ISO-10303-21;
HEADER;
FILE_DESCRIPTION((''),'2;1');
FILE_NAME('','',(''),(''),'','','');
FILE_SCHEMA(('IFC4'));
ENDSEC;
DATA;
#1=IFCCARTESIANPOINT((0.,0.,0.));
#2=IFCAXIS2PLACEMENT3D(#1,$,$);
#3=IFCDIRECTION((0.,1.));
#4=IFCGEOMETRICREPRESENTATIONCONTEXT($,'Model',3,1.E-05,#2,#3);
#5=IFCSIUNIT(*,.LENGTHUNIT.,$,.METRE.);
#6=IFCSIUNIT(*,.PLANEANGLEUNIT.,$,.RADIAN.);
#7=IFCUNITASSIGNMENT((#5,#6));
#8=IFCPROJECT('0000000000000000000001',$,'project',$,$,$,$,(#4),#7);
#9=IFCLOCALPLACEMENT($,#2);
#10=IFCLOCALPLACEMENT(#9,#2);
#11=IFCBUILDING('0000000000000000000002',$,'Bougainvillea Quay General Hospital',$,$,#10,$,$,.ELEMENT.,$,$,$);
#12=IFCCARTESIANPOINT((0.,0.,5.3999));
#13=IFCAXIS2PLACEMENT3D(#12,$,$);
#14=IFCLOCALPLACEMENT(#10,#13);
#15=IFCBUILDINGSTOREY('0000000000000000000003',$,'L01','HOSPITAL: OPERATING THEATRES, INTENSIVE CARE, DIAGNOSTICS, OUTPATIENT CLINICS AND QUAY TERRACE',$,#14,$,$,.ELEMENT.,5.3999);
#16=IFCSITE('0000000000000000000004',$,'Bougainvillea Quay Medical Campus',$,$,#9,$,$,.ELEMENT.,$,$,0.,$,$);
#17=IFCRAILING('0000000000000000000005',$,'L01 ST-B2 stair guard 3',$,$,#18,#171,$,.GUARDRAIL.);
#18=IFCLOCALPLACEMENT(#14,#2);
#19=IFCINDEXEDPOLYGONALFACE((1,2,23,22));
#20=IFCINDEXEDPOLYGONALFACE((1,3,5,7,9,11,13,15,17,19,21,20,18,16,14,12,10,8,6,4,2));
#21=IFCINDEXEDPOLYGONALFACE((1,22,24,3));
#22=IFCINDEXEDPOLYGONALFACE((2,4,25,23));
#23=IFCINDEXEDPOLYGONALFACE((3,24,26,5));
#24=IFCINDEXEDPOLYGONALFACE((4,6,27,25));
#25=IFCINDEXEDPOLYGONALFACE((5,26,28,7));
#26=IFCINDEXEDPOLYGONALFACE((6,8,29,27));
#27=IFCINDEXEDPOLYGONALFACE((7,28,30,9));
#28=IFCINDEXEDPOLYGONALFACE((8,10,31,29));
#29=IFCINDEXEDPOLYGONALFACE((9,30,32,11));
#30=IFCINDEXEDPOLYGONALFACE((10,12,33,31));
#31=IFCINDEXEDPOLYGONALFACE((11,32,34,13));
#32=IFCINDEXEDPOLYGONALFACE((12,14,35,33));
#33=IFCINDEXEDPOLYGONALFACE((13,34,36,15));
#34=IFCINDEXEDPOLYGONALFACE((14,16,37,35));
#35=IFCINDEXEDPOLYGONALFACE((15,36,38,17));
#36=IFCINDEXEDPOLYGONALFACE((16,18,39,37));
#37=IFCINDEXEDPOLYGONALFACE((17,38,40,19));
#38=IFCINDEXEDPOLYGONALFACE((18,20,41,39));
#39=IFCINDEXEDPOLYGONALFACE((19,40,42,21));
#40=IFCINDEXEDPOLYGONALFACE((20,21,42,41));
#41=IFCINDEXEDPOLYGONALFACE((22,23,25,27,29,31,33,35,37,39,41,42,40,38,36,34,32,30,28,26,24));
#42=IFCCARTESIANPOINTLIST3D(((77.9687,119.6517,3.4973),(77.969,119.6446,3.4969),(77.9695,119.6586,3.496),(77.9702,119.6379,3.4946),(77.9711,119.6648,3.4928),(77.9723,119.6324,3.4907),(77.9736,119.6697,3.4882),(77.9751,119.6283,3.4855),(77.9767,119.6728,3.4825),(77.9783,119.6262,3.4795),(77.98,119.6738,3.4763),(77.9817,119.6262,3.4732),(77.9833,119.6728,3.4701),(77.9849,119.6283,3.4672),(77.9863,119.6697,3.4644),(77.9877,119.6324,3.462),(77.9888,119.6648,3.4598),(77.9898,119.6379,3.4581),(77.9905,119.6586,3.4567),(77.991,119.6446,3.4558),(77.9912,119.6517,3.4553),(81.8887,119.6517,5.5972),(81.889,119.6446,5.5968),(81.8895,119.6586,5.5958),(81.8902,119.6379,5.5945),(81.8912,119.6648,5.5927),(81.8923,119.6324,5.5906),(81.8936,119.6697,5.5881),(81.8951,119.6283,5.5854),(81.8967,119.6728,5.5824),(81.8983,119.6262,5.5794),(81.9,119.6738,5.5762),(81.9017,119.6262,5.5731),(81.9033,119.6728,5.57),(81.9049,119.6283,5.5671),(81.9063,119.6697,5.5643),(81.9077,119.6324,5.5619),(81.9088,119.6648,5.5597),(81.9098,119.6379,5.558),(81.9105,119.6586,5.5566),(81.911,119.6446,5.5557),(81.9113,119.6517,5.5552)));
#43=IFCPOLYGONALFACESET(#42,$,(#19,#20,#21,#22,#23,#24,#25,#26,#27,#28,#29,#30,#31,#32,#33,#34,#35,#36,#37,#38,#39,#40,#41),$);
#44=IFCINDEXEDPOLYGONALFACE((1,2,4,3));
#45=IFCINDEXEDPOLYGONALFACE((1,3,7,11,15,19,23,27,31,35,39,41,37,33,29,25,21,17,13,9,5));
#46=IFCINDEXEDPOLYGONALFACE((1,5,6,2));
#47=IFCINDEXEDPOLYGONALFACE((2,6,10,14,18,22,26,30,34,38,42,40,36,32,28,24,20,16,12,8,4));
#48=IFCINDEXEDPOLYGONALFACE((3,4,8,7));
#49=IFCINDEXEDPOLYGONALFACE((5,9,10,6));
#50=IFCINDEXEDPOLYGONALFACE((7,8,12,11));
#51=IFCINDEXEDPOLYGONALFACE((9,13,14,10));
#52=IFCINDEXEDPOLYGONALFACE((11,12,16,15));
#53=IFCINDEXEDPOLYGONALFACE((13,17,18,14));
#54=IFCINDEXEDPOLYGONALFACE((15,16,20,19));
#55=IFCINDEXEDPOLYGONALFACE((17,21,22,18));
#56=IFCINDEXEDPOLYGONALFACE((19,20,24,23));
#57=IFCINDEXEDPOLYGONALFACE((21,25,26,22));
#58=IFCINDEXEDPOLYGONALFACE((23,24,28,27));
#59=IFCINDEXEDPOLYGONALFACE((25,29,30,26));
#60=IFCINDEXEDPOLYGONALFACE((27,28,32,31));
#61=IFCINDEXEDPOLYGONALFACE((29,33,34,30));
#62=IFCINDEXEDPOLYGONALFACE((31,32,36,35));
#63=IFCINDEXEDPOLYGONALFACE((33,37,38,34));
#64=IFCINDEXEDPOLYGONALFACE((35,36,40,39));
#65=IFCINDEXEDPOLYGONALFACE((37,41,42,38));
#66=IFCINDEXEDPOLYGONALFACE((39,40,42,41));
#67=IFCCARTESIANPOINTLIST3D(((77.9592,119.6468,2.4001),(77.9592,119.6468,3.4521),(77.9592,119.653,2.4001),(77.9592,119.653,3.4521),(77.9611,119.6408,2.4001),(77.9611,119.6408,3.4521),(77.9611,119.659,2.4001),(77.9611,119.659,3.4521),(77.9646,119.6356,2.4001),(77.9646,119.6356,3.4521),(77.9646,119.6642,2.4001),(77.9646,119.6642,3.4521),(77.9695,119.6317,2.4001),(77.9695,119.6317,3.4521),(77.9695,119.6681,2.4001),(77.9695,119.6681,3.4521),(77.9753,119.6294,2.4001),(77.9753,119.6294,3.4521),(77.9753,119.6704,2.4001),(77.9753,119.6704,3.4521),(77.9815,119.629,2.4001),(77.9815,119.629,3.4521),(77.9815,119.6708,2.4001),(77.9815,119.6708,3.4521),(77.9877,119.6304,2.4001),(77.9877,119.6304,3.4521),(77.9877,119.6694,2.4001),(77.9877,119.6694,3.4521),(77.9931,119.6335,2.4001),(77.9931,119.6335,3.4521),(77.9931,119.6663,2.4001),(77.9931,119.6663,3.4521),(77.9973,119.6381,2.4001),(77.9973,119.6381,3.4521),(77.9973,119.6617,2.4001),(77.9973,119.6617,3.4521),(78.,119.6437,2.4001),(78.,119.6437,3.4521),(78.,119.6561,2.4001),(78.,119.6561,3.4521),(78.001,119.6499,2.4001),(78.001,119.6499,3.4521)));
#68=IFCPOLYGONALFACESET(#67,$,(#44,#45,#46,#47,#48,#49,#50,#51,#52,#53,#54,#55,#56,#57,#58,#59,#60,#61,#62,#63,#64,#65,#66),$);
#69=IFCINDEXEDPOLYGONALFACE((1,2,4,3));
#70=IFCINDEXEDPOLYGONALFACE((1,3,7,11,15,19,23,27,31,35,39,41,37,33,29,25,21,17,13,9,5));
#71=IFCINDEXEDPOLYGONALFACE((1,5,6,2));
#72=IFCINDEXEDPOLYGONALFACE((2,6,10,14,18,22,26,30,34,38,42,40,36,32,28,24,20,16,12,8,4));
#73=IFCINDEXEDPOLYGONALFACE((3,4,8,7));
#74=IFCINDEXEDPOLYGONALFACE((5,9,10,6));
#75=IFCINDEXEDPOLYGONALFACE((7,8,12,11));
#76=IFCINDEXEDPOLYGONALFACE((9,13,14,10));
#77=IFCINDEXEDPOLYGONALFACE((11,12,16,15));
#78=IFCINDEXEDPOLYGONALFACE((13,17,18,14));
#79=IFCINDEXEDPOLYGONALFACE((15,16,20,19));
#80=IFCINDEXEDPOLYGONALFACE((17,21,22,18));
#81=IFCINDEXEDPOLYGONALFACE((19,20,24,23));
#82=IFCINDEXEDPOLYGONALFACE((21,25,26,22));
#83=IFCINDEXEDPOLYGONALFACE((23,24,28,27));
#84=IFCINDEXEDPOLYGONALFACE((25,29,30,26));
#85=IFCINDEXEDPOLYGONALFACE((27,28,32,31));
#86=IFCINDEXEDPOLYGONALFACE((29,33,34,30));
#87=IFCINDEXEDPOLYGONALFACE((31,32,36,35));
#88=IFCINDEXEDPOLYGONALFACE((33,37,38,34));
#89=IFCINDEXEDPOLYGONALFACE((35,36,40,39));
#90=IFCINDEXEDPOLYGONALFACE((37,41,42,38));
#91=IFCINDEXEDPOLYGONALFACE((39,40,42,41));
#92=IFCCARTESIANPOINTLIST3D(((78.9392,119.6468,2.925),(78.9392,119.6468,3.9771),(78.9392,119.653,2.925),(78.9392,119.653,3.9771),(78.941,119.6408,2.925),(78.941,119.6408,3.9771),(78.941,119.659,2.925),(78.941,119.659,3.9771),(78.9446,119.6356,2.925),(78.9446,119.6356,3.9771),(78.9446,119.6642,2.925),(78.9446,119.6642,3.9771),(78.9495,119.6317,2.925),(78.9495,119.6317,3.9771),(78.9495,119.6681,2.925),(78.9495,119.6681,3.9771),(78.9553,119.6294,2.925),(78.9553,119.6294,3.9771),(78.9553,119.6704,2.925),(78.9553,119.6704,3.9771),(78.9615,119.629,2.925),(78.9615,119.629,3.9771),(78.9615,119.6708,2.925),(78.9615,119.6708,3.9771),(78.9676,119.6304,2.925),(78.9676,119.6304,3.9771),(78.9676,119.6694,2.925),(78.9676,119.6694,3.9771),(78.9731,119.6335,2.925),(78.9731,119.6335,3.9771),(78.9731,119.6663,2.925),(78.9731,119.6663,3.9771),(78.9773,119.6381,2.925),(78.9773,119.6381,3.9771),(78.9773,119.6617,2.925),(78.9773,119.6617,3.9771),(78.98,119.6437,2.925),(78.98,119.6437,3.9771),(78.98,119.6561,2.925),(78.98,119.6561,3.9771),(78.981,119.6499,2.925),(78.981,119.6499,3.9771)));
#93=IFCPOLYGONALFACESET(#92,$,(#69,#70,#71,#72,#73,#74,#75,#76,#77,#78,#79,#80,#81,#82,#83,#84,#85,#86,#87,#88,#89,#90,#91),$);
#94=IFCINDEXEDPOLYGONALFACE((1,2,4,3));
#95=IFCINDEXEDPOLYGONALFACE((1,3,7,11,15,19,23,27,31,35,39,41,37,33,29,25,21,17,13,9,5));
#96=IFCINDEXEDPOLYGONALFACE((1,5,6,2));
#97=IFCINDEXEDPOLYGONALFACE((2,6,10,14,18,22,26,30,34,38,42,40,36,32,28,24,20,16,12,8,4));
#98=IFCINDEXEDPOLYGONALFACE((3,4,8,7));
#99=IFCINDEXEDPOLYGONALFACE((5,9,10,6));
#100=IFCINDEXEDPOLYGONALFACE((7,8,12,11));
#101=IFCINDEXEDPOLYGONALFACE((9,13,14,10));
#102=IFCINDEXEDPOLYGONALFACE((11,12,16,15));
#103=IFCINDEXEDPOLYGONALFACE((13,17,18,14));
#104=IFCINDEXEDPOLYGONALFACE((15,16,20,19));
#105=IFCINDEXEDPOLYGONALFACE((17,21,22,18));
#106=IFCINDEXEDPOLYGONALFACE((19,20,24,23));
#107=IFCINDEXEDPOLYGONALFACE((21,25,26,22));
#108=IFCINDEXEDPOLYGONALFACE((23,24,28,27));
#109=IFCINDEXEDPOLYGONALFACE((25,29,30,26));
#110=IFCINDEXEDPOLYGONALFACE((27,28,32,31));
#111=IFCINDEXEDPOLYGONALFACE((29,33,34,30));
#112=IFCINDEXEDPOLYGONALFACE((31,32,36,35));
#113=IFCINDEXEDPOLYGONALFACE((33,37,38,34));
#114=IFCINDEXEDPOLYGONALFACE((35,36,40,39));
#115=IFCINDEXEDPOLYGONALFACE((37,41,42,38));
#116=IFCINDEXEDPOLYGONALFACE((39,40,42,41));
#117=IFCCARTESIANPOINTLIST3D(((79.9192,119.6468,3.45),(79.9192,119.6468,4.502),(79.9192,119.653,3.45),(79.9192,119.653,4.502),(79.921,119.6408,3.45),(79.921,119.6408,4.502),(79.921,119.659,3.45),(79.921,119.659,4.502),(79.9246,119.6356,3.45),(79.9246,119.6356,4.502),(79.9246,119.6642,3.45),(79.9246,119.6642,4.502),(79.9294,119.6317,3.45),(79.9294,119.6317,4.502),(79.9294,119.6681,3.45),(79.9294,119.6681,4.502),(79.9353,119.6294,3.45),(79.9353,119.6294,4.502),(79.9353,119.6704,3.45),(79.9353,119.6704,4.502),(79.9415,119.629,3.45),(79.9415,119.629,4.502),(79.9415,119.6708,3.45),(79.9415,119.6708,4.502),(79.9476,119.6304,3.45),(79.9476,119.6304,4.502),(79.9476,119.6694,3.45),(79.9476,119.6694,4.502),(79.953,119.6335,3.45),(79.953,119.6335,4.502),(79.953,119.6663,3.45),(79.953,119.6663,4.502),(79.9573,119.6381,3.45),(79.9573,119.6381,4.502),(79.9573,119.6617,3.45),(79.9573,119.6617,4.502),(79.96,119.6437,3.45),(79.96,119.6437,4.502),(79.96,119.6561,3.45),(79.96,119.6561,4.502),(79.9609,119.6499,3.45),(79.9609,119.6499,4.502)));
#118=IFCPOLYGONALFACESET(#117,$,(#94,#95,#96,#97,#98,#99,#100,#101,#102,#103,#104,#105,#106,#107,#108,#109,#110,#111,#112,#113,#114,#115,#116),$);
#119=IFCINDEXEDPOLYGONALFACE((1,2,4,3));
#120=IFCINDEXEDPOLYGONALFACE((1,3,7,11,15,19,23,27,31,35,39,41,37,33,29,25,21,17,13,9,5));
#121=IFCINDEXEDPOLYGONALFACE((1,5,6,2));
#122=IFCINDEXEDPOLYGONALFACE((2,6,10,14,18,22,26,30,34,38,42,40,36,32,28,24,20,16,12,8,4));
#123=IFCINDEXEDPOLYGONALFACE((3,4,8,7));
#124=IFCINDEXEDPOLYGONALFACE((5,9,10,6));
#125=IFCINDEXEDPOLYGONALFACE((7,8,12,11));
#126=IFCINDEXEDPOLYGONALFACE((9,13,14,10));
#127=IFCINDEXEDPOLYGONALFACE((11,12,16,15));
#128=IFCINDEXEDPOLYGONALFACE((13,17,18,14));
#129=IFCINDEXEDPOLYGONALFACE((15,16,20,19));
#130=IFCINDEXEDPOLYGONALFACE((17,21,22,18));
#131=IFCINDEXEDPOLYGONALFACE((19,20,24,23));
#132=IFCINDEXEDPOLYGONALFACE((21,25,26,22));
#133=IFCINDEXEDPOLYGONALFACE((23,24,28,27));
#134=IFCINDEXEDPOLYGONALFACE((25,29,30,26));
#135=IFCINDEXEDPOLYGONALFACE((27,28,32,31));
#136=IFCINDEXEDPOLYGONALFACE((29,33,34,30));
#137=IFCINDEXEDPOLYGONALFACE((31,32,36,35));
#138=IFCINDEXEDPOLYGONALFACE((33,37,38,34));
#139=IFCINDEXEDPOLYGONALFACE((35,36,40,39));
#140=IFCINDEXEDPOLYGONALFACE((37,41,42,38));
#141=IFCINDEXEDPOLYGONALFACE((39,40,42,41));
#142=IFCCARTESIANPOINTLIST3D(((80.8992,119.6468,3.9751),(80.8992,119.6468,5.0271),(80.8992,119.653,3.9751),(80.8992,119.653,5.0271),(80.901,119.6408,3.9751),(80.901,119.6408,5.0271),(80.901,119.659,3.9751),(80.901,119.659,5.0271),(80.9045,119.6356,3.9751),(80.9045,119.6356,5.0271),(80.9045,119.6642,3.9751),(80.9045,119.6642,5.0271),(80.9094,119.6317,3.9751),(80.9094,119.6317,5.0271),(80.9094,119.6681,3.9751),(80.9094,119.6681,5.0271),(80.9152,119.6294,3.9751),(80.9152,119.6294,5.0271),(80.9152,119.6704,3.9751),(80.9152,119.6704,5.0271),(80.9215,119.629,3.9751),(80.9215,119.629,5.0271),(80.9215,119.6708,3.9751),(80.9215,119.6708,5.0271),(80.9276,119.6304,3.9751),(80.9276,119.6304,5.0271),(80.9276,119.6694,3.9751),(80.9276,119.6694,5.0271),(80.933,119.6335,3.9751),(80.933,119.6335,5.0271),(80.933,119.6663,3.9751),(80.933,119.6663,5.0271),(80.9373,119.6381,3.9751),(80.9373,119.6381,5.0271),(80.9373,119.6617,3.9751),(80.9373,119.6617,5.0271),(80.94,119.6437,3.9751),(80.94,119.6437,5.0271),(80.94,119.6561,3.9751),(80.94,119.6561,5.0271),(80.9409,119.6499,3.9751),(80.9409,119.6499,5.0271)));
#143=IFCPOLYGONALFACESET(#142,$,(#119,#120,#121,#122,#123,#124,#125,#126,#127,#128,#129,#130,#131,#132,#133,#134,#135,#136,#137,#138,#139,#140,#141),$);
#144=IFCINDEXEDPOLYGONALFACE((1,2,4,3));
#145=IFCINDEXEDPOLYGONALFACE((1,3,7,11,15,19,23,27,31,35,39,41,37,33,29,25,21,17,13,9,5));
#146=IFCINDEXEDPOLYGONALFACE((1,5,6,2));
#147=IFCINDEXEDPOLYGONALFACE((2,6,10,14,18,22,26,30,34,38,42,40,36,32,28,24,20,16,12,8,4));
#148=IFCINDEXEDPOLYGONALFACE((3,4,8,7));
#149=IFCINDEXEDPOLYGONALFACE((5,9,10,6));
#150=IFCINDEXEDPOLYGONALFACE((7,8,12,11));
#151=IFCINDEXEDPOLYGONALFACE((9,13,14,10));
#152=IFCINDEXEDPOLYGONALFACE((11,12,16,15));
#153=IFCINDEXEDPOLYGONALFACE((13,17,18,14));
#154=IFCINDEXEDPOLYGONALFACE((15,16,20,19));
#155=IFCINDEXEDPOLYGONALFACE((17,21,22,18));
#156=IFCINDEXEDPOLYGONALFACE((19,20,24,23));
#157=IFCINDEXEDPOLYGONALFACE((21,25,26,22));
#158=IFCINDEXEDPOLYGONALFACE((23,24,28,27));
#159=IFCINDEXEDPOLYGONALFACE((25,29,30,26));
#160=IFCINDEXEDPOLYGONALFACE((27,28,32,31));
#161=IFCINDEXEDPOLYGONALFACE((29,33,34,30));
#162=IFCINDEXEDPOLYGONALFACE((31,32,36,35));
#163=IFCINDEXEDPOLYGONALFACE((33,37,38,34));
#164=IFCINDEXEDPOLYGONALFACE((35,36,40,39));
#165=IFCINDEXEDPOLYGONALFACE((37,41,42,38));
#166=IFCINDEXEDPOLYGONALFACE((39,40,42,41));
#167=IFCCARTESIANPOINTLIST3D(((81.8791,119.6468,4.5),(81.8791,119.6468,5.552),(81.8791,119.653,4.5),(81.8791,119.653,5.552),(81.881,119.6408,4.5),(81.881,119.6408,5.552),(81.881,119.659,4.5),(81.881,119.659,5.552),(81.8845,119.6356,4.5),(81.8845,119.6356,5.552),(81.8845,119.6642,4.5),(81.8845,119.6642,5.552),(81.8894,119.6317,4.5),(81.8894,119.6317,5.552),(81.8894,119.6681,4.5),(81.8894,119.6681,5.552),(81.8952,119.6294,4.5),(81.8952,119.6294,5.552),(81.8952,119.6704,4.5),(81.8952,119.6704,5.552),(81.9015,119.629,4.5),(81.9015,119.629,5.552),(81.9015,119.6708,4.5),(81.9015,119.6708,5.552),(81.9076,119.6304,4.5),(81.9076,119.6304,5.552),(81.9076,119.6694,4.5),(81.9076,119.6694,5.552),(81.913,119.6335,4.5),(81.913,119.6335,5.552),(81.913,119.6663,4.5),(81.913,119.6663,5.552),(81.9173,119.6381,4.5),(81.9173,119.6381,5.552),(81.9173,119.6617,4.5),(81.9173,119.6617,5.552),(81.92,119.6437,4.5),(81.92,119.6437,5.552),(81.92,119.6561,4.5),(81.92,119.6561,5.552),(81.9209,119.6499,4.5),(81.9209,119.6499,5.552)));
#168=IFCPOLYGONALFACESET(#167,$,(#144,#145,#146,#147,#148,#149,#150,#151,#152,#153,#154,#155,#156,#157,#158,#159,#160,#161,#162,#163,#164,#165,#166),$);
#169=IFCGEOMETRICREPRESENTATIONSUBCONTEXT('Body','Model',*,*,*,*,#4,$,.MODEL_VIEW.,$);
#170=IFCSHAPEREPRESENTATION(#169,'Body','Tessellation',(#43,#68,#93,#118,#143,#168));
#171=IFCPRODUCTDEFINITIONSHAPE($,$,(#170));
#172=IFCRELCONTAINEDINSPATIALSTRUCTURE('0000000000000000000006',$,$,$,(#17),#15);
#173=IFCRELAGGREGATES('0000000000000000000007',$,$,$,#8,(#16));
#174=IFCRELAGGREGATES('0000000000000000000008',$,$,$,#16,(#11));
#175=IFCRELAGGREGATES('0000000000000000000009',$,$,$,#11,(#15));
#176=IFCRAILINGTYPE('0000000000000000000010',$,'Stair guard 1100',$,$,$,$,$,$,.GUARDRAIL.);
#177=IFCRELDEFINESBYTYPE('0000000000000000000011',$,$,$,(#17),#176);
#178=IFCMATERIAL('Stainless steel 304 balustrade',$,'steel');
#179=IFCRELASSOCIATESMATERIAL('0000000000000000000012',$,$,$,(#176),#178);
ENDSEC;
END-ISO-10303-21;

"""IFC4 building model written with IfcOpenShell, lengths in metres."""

from ifc_helpers import new_model, si_unit, direction, frame, origin, origin_2d, place, context, subcontext, project, spatial, circle, extrude, material, type_object, element, save


model = new_model("IFC4")

# Units and contexts
model_context = context("Model", 3, precision=1e-05, world=origin(), true_north=direction((0.0, 1.0)))
body_context = subcontext(model_context, "Body", "Model", "MODEL_VIEW")
ifc_project = project(units=[si_unit("LENGTHUNIT", "METRE"), si_unit("PLANEANGLEUNIT", "RADIAN")], contexts=[model_context])

# Site, building, storey
site_placement = place(None, origin())
site = spatial("IfcSite", under=ifc_project, at=site_placement, Name="Bougainvillea Quay Medical Campus", CompositionType="ELEMENT", RefElevation=0.0)
building_placement = place(site_placement, origin())
building = spatial("IfcBuilding", under=site, at=building_placement, Name="Bougainvillea Quay General Hospital", CompositionType="ELEMENT")
storey_placement = place(building_placement, frame((0.0, 0.0, 5.3999)))
storey = spatial("IfcBuildingStorey", under=building, at=storey_placement, Name="L01", Description="HOSPITAL: OPERATING THEATRES, INTENSIVE CARE, DIAGNOSTICS, OUTPATIENT CLINICS AND QUAY TERRACE", CompositionType="ELEMENT", Elevation=5.3999)

# Railing
ifc_material_1 = material(Name="Stainless steel 304 balustrade", Category="steel")
railing_type_1 = type_object("IfcRailingType", Name="Stair guard 1100", PredefinedType="GUARDRAIL", material=ifc_material_1)
railing_1_placement = place(storey_placement, frame((77.98, 119.6499, 2.4001)))
element("IfcRailing", 1, at=railing_1_placement, inside=storey, type_object=railing_type_1, Name="L01 ST-B2 stair guard 3", PredefinedType="GUARDRAIL", context=body_context, shape_type="SweptSolid", body=[
    extrude(circle(Radius=0.0239, at=origin_2d()), frame((0.0, 0.0, 1.0762), z_axis=(0.88149, 0.0, 0.472203), x_axis=(0.0, 1.0, 0.0)), (0.0, 0.0, 1.0), 4.447),
    extrude(circle(Radius=0.021, at=origin_2d()), origin(), (0.0, 0.0, 1.0), 1.052),
    extrude(circle(Radius=0.021, at=origin_2d()), frame((0.98, 0.0, 0.5249)), (0.0, 0.0, 1.0), 1.052),
    extrude(circle(Radius=0.021, at=origin_2d()), frame((1.96, 0.0, 1.0498)), (0.0, 0.0, 1.0), 1.052),
    extrude(circle(Radius=0.021, at=origin_2d()), frame((2.9399, 0.0, 1.575)), (0.0, 0.0, 1.0), 1.052),
    extrude(circle(Radius=0.021, at=origin_2d()), frame((3.9199, 0.0, 2.0999)), (0.0, 0.0, 1.0), 1.052),
])

save(model, "model.ifc")
